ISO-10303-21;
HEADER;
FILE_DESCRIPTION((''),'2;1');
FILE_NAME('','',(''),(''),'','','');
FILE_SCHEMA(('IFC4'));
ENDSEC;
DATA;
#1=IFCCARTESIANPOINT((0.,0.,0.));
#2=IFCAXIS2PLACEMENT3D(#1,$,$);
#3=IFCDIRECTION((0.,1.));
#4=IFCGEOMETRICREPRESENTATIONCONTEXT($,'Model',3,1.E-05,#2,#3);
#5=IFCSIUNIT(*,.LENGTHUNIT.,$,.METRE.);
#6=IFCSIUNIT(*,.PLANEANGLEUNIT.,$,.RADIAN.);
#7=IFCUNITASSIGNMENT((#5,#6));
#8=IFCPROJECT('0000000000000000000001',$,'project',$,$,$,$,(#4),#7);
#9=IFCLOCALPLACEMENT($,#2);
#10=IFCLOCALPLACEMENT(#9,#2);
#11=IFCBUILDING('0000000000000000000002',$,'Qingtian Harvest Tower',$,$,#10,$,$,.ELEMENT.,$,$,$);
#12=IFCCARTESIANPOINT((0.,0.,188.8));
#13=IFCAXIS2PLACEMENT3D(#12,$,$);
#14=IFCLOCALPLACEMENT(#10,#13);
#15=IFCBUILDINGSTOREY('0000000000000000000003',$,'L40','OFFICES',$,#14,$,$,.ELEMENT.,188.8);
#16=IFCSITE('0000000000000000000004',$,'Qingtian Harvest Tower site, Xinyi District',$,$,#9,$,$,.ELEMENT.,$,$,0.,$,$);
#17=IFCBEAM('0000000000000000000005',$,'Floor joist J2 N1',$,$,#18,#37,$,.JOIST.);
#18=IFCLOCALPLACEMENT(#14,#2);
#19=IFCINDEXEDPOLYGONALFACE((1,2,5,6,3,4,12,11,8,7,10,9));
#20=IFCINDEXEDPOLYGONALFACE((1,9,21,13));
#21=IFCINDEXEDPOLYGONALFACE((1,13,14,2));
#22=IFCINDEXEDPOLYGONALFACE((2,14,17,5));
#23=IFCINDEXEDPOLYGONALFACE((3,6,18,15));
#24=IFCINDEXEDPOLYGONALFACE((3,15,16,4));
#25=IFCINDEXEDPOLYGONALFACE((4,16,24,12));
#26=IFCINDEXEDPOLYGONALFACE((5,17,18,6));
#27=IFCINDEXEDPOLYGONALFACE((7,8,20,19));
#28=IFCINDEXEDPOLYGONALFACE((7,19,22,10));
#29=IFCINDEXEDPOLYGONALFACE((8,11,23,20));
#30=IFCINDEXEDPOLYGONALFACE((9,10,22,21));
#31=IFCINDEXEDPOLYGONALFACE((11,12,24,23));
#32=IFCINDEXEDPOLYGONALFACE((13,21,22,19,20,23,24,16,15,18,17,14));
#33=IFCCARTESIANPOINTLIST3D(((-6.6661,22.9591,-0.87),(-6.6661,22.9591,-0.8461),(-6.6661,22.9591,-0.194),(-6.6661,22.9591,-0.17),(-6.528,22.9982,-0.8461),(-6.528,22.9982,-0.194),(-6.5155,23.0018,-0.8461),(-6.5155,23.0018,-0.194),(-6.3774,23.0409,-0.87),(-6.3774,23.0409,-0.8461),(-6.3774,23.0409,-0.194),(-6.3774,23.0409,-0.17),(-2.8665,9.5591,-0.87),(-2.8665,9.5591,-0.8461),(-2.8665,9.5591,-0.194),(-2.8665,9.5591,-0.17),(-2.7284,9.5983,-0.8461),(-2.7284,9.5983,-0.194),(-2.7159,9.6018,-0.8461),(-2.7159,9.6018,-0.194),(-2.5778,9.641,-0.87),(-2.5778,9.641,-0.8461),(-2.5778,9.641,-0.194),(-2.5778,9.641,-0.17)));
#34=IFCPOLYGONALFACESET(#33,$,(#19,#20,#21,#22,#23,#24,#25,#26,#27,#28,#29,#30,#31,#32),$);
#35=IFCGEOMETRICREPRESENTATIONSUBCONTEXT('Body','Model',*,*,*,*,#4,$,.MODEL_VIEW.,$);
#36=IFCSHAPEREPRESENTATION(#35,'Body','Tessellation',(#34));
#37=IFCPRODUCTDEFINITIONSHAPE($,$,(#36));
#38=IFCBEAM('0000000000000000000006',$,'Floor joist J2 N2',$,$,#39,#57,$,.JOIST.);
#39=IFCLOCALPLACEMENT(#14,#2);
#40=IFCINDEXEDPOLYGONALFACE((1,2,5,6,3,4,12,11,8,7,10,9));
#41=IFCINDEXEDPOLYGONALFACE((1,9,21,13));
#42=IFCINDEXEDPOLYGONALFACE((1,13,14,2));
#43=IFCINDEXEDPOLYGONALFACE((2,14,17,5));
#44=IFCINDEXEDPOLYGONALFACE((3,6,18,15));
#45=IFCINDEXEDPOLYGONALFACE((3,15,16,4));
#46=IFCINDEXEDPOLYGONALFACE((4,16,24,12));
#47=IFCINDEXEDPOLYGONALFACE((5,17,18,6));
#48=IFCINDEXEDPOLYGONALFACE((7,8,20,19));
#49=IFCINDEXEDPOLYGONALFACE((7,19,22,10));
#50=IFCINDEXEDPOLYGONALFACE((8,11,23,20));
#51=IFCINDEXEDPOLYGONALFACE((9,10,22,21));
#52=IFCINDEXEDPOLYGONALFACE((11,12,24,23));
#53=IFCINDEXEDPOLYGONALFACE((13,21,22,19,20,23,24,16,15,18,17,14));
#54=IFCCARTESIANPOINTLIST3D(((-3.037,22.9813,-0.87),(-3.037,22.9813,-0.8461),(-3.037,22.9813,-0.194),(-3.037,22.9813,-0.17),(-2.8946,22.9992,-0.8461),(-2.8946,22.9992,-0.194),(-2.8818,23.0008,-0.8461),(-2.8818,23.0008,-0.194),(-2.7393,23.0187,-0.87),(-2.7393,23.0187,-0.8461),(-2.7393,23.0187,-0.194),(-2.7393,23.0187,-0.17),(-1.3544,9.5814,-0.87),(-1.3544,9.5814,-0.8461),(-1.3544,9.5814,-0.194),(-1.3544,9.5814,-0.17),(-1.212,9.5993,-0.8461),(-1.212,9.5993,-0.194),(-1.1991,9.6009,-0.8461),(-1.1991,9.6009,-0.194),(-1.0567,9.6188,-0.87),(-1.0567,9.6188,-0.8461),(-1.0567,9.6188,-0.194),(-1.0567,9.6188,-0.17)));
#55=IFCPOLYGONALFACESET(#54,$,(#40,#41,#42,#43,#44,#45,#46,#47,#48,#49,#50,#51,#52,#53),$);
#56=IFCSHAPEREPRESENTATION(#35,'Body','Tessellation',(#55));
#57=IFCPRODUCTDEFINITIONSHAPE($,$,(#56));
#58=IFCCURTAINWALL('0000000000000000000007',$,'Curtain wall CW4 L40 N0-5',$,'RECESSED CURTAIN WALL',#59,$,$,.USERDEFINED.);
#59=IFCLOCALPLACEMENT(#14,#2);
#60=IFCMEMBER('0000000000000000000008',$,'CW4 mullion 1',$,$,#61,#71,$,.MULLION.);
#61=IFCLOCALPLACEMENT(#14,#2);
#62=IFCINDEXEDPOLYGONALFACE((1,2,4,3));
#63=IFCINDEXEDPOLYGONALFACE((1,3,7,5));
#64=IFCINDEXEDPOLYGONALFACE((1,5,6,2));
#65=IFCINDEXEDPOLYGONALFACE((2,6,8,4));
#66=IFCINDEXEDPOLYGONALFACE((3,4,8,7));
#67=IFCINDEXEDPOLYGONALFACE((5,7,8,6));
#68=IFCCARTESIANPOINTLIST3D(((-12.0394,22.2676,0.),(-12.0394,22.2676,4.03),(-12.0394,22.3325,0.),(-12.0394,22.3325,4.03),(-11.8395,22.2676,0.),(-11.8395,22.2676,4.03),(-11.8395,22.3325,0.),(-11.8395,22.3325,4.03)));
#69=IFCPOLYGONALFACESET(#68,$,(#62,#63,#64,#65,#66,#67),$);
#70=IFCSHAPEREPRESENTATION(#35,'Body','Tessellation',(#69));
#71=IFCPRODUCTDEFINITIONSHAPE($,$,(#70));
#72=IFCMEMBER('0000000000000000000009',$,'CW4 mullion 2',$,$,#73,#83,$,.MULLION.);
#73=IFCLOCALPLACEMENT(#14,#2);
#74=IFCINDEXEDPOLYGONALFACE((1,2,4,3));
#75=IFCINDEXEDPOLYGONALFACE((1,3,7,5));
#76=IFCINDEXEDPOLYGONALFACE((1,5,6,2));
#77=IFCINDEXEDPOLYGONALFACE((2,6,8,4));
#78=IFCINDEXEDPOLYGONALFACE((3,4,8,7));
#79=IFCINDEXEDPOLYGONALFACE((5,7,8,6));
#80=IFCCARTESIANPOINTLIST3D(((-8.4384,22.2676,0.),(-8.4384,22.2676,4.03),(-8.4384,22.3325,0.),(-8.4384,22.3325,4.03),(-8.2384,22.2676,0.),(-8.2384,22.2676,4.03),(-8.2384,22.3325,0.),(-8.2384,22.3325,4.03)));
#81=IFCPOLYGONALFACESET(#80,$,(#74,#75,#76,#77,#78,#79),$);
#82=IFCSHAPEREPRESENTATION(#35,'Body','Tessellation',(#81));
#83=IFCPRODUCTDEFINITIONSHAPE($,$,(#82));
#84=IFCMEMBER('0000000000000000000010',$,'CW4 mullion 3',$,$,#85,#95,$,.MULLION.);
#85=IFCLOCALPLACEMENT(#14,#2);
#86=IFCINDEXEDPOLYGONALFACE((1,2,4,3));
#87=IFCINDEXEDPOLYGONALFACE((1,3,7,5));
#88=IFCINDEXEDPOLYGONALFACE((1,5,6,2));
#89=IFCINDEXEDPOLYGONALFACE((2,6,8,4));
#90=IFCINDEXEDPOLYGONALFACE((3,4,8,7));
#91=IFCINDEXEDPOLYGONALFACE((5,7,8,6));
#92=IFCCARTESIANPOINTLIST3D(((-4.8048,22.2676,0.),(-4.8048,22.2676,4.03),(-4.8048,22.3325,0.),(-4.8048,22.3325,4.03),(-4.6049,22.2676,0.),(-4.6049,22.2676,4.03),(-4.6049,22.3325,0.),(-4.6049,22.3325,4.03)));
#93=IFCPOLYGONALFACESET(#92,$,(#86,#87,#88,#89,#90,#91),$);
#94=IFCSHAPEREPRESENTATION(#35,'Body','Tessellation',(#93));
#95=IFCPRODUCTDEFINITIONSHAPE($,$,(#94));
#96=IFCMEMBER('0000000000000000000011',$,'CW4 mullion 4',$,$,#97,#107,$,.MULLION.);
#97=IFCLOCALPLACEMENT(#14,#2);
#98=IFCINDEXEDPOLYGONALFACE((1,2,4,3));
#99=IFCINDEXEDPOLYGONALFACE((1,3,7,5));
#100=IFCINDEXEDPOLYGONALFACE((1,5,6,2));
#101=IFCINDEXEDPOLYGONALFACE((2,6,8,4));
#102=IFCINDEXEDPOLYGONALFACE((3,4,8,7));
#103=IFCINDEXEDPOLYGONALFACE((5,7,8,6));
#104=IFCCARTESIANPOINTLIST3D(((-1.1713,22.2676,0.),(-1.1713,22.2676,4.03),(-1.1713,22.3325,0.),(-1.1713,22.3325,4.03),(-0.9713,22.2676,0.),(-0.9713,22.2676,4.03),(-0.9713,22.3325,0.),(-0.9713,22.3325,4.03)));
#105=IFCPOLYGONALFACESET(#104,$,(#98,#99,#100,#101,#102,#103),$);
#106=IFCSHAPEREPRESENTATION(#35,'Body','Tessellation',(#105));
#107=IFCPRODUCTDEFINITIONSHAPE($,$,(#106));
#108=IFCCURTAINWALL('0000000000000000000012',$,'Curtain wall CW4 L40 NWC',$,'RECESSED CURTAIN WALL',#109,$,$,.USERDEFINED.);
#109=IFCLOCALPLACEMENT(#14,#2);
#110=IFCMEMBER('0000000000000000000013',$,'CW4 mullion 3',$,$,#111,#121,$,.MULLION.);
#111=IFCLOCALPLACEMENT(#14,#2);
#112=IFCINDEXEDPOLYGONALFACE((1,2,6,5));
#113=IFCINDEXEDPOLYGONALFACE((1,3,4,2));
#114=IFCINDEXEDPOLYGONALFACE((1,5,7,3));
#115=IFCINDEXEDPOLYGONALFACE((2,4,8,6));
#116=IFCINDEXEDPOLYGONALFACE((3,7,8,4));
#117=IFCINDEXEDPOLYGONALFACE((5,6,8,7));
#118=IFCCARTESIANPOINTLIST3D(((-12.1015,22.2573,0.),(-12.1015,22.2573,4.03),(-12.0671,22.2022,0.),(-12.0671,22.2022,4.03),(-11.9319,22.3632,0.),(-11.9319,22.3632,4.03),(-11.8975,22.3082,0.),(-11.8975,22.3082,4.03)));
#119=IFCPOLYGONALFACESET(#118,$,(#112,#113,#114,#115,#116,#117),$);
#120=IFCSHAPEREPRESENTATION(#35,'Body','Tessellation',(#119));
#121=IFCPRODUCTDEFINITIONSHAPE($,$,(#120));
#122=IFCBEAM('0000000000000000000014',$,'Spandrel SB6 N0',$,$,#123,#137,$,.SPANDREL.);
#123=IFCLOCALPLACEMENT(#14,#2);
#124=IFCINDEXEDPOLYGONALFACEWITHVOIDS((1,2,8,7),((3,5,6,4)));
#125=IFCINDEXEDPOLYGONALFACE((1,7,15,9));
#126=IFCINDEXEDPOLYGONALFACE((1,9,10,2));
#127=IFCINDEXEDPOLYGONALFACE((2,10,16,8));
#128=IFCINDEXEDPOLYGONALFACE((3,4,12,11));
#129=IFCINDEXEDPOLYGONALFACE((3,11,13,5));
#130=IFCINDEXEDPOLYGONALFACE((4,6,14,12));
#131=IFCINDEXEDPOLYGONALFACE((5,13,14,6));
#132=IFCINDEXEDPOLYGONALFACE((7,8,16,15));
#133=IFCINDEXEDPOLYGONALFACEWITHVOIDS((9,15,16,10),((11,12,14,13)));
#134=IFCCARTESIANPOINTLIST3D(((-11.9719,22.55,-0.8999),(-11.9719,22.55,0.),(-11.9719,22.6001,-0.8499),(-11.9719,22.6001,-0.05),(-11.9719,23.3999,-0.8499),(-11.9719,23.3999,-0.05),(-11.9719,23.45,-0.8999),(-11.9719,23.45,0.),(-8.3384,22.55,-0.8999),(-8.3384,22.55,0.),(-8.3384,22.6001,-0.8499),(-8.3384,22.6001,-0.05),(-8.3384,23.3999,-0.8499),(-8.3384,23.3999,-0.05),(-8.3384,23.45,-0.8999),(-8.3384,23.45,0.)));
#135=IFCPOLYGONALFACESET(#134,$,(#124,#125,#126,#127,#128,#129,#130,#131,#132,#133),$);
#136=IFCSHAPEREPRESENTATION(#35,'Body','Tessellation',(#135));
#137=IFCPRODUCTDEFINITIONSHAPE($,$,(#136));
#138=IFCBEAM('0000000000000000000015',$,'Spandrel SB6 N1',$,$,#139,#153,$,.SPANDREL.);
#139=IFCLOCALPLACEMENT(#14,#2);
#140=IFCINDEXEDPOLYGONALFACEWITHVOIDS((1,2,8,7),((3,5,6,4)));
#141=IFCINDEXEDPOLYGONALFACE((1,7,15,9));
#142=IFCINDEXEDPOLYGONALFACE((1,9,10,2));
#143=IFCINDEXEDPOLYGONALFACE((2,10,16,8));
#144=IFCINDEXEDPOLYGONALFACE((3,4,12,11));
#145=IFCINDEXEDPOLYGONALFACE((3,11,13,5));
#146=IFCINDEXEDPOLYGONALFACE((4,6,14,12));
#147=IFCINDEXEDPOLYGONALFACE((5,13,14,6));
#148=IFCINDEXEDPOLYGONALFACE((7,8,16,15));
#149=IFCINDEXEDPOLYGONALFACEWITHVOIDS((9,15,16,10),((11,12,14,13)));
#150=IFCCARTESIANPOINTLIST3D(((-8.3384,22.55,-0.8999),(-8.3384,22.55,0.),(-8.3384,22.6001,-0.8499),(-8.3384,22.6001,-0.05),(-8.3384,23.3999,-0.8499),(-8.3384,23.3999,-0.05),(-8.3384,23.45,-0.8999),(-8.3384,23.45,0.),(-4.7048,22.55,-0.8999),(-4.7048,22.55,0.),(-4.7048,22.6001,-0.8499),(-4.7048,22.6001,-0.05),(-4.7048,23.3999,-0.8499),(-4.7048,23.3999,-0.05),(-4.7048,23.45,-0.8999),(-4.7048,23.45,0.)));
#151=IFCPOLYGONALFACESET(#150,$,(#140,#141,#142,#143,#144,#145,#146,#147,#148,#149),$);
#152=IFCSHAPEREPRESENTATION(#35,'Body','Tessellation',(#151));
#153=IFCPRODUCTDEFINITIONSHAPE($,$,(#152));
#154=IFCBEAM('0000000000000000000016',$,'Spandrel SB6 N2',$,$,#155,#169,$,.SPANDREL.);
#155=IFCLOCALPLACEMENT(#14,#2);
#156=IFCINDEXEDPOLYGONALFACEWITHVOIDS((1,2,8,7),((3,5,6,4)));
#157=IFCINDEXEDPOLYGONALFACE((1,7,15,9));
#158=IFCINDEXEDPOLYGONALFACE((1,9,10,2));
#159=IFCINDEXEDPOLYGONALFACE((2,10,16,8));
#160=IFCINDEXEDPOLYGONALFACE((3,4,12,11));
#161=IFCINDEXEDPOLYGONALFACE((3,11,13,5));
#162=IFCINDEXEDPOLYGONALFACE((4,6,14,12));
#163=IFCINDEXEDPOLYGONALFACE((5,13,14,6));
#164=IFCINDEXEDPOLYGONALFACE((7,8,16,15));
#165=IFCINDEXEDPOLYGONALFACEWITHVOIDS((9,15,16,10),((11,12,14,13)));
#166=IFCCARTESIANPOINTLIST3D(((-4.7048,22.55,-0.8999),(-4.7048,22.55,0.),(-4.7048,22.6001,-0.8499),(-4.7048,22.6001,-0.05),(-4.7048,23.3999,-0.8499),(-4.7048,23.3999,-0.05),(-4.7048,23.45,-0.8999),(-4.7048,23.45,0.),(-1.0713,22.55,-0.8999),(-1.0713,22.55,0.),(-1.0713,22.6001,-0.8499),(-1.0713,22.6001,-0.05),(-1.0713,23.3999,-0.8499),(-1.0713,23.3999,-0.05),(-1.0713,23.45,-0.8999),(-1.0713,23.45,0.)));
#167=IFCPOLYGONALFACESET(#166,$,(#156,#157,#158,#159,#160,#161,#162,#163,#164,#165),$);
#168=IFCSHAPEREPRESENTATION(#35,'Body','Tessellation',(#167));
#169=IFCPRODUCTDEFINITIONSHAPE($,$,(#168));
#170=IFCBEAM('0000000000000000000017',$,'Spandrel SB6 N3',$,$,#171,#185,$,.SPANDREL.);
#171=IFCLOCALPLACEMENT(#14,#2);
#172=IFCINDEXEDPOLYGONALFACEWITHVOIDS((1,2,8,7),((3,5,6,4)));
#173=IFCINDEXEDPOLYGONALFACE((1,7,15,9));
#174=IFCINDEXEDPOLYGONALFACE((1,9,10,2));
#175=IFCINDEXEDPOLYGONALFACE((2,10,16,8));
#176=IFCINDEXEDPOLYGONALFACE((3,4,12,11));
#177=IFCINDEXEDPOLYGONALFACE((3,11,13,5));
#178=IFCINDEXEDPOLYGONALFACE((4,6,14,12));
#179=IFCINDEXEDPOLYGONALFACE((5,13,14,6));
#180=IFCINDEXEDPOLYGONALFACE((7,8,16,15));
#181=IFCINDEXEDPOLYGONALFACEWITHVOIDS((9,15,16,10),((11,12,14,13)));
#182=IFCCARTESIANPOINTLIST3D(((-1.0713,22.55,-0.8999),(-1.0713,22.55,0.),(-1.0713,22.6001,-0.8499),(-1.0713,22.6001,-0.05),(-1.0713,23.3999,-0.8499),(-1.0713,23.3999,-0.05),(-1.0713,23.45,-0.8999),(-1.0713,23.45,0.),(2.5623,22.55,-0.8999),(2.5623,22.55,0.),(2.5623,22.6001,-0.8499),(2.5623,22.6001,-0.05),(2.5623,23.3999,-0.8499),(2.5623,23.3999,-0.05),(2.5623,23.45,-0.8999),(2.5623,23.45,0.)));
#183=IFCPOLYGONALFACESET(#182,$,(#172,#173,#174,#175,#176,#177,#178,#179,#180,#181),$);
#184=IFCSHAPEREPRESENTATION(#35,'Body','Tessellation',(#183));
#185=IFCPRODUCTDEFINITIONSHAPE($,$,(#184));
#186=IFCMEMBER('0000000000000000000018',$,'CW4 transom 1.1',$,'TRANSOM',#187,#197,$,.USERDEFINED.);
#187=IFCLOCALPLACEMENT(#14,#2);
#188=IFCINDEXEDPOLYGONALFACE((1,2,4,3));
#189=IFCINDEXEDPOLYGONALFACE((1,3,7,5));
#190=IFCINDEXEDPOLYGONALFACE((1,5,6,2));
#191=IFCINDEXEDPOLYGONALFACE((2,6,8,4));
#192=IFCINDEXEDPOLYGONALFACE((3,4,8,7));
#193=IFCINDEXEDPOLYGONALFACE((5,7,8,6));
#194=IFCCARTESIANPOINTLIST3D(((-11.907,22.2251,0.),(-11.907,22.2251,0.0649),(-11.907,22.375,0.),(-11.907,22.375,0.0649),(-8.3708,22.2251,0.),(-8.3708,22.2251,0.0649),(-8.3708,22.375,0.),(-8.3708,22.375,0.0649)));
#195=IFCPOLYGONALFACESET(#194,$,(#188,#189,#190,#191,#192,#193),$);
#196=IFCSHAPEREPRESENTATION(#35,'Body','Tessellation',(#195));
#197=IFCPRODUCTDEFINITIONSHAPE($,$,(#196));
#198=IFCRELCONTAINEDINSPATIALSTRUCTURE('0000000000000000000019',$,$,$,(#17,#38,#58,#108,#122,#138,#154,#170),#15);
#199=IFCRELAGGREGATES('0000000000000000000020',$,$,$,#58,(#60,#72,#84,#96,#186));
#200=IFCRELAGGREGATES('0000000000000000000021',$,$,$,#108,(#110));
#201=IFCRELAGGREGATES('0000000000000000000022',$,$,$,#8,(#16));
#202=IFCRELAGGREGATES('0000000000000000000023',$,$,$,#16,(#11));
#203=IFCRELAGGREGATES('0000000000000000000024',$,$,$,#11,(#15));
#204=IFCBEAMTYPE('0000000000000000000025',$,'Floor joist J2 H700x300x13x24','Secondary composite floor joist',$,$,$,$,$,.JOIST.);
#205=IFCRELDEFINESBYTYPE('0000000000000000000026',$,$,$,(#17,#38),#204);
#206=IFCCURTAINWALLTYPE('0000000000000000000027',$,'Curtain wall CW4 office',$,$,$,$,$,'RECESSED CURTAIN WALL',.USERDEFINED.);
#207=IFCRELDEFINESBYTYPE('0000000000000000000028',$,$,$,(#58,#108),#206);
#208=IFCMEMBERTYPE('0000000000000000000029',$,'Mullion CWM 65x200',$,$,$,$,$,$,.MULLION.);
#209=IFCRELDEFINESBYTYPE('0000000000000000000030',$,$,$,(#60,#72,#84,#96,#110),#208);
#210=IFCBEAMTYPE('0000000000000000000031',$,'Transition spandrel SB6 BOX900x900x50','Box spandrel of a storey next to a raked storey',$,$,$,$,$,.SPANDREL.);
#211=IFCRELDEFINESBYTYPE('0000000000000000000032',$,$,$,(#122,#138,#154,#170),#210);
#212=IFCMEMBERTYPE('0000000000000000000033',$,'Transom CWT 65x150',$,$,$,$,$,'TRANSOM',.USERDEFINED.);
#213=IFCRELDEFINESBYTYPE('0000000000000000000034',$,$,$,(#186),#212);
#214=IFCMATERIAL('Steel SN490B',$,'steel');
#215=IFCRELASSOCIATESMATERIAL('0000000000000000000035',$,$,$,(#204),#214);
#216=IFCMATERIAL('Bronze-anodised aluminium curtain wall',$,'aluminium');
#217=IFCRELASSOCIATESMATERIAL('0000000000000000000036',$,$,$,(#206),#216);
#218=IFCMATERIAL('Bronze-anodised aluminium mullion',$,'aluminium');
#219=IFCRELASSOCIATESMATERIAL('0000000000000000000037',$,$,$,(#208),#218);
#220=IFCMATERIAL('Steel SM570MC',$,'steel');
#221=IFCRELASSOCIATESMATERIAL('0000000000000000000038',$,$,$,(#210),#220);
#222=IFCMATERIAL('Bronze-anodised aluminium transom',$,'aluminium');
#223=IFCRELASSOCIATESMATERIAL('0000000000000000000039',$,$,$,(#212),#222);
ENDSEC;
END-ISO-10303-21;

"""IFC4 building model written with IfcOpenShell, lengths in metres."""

from ifc_helpers import new_model, si_unit, direction, frame, origin, origin_2d, place, context, subcontext, project, spatial, rectangle, hollow_rectangle, i_section, extrude, material, material_profile, profile_set, type_object, element, aggregate, save


model = new_model("IFC4")

# Units and contexts
model_context = context("Model", 3, precision=1e-05, world=origin(), true_north=direction((0.0, 1.0)))
body_context = subcontext(model_context, "Body", "Model", "MODEL_VIEW")
ifc_project = project(units=[si_unit("LENGTHUNIT", "METRE"), si_unit("PLANEANGLEUNIT", "RADIAN")], contexts=[model_context])

# Site, building, storey
site_placement = place(None, origin())
site = spatial("IfcSite", under=ifc_project, at=site_placement, Name="Qingtian Harvest Tower site, Xinyi District", CompositionType="ELEMENT", RefElevation=0.0)
building_placement = place(site_placement, origin())
building = spatial("IfcBuilding", under=site, at=building_placement, Name="Qingtian Harvest Tower", CompositionType="ELEMENT")
storey_placement = place(building_placement, frame((0.0, 0.0, 188.8)))
storey = spatial("IfcBuildingStorey", under=building, at=storey_placement, Name="L40", Description="OFFICES", CompositionType="ELEMENT", Elevation=188.8)

# Beams
ifc_material_1 = material(Name="Steel SN490B", Category="steel")
ifc_material_profile_1 = material_profile(ifc_material_1, i_section(OverallWidth=0.3, OverallDepth=0.7, WebThickness=0.0129, FlangeThickness=0.0239, at=origin_2d()), Name="H700x300x13x24")
ifc_profile_set_1 = profile_set([ifc_material_profile_1], Name="Steel SN490B")
beam_type_1 = type_object("IfcBeamType", Name="Floor joist J2 H700x300x13x24", Description="Secondary composite floor joist", PredefinedType="JOIST", material=ifc_profile_set_1)
beam_1_placement = place(storey_placement, frame((-6.5217, 23.0, -0.52), z_axis=(0.272797, -0.962072, 0.0), x_axis=(0.962072, 0.272797, 0.0)))
element("IfcBeam", 1, at=beam_1_placement, inside=storey, type_object=beam_type_1, Name="Floor joist J2 N1", PredefinedType="JOIST", context=body_context, shape_type="SweptSolid", body=[
    extrude(i_section(OverallWidth=0.3, OverallDepth=0.7, WebThickness=0.0129, FlangeThickness=0.0239, at=origin_2d()), origin(), (0.0, 0.0, 1.0), 13.9282),
])
beam_2_placement = place(storey_placement, frame((-2.8882, 23.0, -0.52), z_axis=(0.124591, -0.992208, 0.0), x_axis=(0.992208, 0.124591, 0.0)))
element("IfcBeam", 2, at=beam_2_placement, inside=storey, type_object=beam_type_1, Name="Floor joist J2 N2", PredefinedType="JOIST", context=body_context, shape_type="SweptSolid", body=[
    extrude(i_section(OverallWidth=0.3, OverallDepth=0.7, WebThickness=0.0129, FlangeThickness=0.0239, at=origin_2d()), origin(), (0.0, 0.0, 1.0), 13.5051),
])

# Curtain wall, members
ifc_material_2 = material(Name="Bronze-anodised aluminium curtain wall", Category="aluminium")
curtain_wall_type = type_object("IfcCurtainWallType", Name="Curtain wall CW4 office", ElementType="RECESSED CURTAIN WALL", PredefinedType="USERDEFINED", material=ifc_material_2)
curtain_wall_1_placement = place(storey_placement, origin())
curtain_wall_1 = element("IfcCurtainWall", 3, at=curtain_wall_1_placement, inside=storey, type_object=curtain_wall_type, Name="Curtain wall CW4 L40 N0-5", ObjectType="RECESSED CURTAIN WALL", PredefinedType="USERDEFINED")
ifc_material_3 = material(Name="Bronze-anodised aluminium mullion", Category="aluminium")
ifc_material_profile_2 = material_profile(ifc_material_3, rectangle(XDim=0.0649, YDim=0.2, at=origin_2d()), Name="AL 65x200")
ifc_profile_set_2 = profile_set([ifc_material_profile_2], Name="Bronze-anodised aluminium mullion")
member_type_1 = type_object("IfcMemberType", Name="Mullion CWM 65x200", PredefinedType="MULLION", material=ifc_profile_set_2)
member_1_placement = place(storey_placement, frame((-11.9395, 22.3, 0.0), z_axis=(0.0, 0.0, 1.0), x_axis=(0.0, 1.0, 0.0)))
member_1 = element("IfcMember", 4, at=member_1_placement, type_object=member_type_1, Name="CW4 mullion 1", PredefinedType="MULLION", context=body_context, shape_type="SweptSolid", body=[
    extrude(rectangle(XDim=0.0649, YDim=0.2, at=origin_2d()), origin(), (0.0, 0.0, 1.0), 4.03),
])
member_2_placement = place(storey_placement, frame((-8.3384, 22.3, 0.0), z_axis=(0.0, 0.0, 1.0), x_axis=(0.0, 1.0, 0.0)))
member_2 = element("IfcMember", 5, at=member_2_placement, type_object=member_type_1, Name="CW4 mullion 2", PredefinedType="MULLION", context=body_context, shape_type="SweptSolid", body=[
    extrude(rectangle(XDim=0.0649, YDim=0.2, at=origin_2d()), origin(), (0.0, 0.0, 1.0), 4.03),
])
member_3_placement = place(storey_placement, frame((-4.7048, 22.3, 0.0), z_axis=(0.0, 0.0, 1.0), x_axis=(0.0, 1.0, 0.0)))
member_3 = element("IfcMember", 6, at=member_3_placement, type_object=member_type_1, Name="CW4 mullion 3", PredefinedType="MULLION", context=body_context, shape_type="SweptSolid", body=[
    extrude(rectangle(XDim=0.0649, YDim=0.2, at=origin_2d()), origin(), (0.0, 0.0, 1.0), 4.03),
])
member_4_placement = place(storey_placement, frame((-1.0713, 22.3, 0.0), z_axis=(0.0, 0.0, 1.0), x_axis=(0.0, 1.0, 0.0)))
member_4 = element("IfcMember", 7, at=member_4_placement, type_object=member_type_1, Name="CW4 mullion 4", PredefinedType="MULLION", context=body_context, shape_type="SweptSolid", body=[
    extrude(rectangle(XDim=0.0649, YDim=0.2, at=origin_2d()), origin(), (0.0, 0.0, 1.0), 4.03),
])

# Curtain wall, member
curtain_wall_2_placement = place(storey_placement, origin())
curtain_wall_2 = element("IfcCurtainWall", 8, at=curtain_wall_2_placement, inside=storey, type_object=curtain_wall_type, Name="Curtain wall CW4 L40 NWC", ObjectType="RECESSED CURTAIN WALL", PredefinedType="USERDEFINED")
member_5_placement = place(storey_placement, frame((-11.9995, 22.2827, 0.0), z_axis=(0.0, 0.0, 1.0), x_axis=(-0.529919, 0.848048, 0.0)))
member_5 = element("IfcMember", 9, at=member_5_placement, type_object=member_type_1, Name="CW4 mullion 3", PredefinedType="MULLION", context=body_context, shape_type="SweptSolid", body=[
    extrude(rectangle(XDim=0.0649, YDim=0.2, at=origin_2d()), origin(), (0.0, 0.0, 1.0), 4.03),
])

# Beams
ifc_material_4 = material(Name="Steel SM570MC", Category="steel")
ifc_material_profile_3 = material_profile(ifc_material_4, hollow_rectangle(XDim=0.8999, YDim=0.8999, WallThickness=0.05, at=origin_2d()), Name="BOX900x900x50")
ifc_profile_set_3 = profile_set([ifc_material_profile_3], Name="Steel SM570MC")
beam_type_2 = type_object("IfcBeamType", Name="Transition spandrel SB6 BOX900x900x50", Description="Box spandrel of a storey next to a raked storey", PredefinedType="SPANDREL", material=ifc_profile_set_3)
for number, where, z_axis, x_axis, name in (
    (10, (-11.9719, 23.0, -0.45), (1.0, 0.0, 0.0), (0.0, 1.0, 0.0), "Spandrel SB6 N0"),
    (11, (-8.3384, 23.0, -0.45), (1.0, 0.0, 0.0), (0.0, 1.0, 0.0), "Spandrel SB6 N1"),
    (12, (-4.7048, 23.0, -0.45), (1.0, 0.0, 0.0), (0.0, 1.0, 0.0), "Spandrel SB6 N2"),
    (13, (-1.0713, 23.0, -0.45), (1.0, 0.0, 0.0), (0.0, 1.0, 0.0), "Spandrel SB6 N3"),
):
    element("IfcBeam", number, at=place(storey_placement, frame(where, z_axis=z_axis, x_axis=x_axis)), inside=storey, type_object=beam_type_2, Name=name, PredefinedType="SPANDREL", context=body_context, shape_type="SweptSolid", body=[
        extrude(hollow_rectangle(XDim=0.8999, YDim=0.8999, WallThickness=0.05, at=origin_2d()), origin(), (0.0, 0.0, 1.0), 3.6335),
    ])

# Member
ifc_material_5 = material(Name="Bronze-anodised aluminium transom", Category="aluminium")
ifc_material_profile_4 = material_profile(ifc_material_5, rectangle(XDim=0.1499, YDim=0.0649, at=origin_2d()), Name="AL 65x150")
ifc_profile_set_4 = profile_set([ifc_material_profile_4], Name="Bronze-anodised aluminium transom")
member_type_2 = type_object("IfcMemberType", Name="Transom CWT 65x150", ElementType="TRANSOM", PredefinedType="USERDEFINED", material=ifc_profile_set_4)
member_6_placement = place(storey_placement, frame((-11.907, 22.3, 0.0325), z_axis=(1.0, 0.0, 0.0), x_axis=(0.0, 1.0, 0.0)))
member_6 = element("IfcMember", 14, at=member_6_placement, type_object=member_type_2, Name="CW4 transom 1.1", ObjectType="TRANSOM", PredefinedType="USERDEFINED", context=body_context, shape_type="SweptSolid", body=[
    extrude(rectangle(XDim=0.1499, YDim=0.0649, at=origin_2d()), origin(), (0.0, 0.0, 1.0), 3.5361),
])

aggregate(curtain_wall_1, [member_1, member_2, member_3, member_4, member_6])
aggregate(curtain_wall_2, [member_5])

save(model, "model.ifc")
